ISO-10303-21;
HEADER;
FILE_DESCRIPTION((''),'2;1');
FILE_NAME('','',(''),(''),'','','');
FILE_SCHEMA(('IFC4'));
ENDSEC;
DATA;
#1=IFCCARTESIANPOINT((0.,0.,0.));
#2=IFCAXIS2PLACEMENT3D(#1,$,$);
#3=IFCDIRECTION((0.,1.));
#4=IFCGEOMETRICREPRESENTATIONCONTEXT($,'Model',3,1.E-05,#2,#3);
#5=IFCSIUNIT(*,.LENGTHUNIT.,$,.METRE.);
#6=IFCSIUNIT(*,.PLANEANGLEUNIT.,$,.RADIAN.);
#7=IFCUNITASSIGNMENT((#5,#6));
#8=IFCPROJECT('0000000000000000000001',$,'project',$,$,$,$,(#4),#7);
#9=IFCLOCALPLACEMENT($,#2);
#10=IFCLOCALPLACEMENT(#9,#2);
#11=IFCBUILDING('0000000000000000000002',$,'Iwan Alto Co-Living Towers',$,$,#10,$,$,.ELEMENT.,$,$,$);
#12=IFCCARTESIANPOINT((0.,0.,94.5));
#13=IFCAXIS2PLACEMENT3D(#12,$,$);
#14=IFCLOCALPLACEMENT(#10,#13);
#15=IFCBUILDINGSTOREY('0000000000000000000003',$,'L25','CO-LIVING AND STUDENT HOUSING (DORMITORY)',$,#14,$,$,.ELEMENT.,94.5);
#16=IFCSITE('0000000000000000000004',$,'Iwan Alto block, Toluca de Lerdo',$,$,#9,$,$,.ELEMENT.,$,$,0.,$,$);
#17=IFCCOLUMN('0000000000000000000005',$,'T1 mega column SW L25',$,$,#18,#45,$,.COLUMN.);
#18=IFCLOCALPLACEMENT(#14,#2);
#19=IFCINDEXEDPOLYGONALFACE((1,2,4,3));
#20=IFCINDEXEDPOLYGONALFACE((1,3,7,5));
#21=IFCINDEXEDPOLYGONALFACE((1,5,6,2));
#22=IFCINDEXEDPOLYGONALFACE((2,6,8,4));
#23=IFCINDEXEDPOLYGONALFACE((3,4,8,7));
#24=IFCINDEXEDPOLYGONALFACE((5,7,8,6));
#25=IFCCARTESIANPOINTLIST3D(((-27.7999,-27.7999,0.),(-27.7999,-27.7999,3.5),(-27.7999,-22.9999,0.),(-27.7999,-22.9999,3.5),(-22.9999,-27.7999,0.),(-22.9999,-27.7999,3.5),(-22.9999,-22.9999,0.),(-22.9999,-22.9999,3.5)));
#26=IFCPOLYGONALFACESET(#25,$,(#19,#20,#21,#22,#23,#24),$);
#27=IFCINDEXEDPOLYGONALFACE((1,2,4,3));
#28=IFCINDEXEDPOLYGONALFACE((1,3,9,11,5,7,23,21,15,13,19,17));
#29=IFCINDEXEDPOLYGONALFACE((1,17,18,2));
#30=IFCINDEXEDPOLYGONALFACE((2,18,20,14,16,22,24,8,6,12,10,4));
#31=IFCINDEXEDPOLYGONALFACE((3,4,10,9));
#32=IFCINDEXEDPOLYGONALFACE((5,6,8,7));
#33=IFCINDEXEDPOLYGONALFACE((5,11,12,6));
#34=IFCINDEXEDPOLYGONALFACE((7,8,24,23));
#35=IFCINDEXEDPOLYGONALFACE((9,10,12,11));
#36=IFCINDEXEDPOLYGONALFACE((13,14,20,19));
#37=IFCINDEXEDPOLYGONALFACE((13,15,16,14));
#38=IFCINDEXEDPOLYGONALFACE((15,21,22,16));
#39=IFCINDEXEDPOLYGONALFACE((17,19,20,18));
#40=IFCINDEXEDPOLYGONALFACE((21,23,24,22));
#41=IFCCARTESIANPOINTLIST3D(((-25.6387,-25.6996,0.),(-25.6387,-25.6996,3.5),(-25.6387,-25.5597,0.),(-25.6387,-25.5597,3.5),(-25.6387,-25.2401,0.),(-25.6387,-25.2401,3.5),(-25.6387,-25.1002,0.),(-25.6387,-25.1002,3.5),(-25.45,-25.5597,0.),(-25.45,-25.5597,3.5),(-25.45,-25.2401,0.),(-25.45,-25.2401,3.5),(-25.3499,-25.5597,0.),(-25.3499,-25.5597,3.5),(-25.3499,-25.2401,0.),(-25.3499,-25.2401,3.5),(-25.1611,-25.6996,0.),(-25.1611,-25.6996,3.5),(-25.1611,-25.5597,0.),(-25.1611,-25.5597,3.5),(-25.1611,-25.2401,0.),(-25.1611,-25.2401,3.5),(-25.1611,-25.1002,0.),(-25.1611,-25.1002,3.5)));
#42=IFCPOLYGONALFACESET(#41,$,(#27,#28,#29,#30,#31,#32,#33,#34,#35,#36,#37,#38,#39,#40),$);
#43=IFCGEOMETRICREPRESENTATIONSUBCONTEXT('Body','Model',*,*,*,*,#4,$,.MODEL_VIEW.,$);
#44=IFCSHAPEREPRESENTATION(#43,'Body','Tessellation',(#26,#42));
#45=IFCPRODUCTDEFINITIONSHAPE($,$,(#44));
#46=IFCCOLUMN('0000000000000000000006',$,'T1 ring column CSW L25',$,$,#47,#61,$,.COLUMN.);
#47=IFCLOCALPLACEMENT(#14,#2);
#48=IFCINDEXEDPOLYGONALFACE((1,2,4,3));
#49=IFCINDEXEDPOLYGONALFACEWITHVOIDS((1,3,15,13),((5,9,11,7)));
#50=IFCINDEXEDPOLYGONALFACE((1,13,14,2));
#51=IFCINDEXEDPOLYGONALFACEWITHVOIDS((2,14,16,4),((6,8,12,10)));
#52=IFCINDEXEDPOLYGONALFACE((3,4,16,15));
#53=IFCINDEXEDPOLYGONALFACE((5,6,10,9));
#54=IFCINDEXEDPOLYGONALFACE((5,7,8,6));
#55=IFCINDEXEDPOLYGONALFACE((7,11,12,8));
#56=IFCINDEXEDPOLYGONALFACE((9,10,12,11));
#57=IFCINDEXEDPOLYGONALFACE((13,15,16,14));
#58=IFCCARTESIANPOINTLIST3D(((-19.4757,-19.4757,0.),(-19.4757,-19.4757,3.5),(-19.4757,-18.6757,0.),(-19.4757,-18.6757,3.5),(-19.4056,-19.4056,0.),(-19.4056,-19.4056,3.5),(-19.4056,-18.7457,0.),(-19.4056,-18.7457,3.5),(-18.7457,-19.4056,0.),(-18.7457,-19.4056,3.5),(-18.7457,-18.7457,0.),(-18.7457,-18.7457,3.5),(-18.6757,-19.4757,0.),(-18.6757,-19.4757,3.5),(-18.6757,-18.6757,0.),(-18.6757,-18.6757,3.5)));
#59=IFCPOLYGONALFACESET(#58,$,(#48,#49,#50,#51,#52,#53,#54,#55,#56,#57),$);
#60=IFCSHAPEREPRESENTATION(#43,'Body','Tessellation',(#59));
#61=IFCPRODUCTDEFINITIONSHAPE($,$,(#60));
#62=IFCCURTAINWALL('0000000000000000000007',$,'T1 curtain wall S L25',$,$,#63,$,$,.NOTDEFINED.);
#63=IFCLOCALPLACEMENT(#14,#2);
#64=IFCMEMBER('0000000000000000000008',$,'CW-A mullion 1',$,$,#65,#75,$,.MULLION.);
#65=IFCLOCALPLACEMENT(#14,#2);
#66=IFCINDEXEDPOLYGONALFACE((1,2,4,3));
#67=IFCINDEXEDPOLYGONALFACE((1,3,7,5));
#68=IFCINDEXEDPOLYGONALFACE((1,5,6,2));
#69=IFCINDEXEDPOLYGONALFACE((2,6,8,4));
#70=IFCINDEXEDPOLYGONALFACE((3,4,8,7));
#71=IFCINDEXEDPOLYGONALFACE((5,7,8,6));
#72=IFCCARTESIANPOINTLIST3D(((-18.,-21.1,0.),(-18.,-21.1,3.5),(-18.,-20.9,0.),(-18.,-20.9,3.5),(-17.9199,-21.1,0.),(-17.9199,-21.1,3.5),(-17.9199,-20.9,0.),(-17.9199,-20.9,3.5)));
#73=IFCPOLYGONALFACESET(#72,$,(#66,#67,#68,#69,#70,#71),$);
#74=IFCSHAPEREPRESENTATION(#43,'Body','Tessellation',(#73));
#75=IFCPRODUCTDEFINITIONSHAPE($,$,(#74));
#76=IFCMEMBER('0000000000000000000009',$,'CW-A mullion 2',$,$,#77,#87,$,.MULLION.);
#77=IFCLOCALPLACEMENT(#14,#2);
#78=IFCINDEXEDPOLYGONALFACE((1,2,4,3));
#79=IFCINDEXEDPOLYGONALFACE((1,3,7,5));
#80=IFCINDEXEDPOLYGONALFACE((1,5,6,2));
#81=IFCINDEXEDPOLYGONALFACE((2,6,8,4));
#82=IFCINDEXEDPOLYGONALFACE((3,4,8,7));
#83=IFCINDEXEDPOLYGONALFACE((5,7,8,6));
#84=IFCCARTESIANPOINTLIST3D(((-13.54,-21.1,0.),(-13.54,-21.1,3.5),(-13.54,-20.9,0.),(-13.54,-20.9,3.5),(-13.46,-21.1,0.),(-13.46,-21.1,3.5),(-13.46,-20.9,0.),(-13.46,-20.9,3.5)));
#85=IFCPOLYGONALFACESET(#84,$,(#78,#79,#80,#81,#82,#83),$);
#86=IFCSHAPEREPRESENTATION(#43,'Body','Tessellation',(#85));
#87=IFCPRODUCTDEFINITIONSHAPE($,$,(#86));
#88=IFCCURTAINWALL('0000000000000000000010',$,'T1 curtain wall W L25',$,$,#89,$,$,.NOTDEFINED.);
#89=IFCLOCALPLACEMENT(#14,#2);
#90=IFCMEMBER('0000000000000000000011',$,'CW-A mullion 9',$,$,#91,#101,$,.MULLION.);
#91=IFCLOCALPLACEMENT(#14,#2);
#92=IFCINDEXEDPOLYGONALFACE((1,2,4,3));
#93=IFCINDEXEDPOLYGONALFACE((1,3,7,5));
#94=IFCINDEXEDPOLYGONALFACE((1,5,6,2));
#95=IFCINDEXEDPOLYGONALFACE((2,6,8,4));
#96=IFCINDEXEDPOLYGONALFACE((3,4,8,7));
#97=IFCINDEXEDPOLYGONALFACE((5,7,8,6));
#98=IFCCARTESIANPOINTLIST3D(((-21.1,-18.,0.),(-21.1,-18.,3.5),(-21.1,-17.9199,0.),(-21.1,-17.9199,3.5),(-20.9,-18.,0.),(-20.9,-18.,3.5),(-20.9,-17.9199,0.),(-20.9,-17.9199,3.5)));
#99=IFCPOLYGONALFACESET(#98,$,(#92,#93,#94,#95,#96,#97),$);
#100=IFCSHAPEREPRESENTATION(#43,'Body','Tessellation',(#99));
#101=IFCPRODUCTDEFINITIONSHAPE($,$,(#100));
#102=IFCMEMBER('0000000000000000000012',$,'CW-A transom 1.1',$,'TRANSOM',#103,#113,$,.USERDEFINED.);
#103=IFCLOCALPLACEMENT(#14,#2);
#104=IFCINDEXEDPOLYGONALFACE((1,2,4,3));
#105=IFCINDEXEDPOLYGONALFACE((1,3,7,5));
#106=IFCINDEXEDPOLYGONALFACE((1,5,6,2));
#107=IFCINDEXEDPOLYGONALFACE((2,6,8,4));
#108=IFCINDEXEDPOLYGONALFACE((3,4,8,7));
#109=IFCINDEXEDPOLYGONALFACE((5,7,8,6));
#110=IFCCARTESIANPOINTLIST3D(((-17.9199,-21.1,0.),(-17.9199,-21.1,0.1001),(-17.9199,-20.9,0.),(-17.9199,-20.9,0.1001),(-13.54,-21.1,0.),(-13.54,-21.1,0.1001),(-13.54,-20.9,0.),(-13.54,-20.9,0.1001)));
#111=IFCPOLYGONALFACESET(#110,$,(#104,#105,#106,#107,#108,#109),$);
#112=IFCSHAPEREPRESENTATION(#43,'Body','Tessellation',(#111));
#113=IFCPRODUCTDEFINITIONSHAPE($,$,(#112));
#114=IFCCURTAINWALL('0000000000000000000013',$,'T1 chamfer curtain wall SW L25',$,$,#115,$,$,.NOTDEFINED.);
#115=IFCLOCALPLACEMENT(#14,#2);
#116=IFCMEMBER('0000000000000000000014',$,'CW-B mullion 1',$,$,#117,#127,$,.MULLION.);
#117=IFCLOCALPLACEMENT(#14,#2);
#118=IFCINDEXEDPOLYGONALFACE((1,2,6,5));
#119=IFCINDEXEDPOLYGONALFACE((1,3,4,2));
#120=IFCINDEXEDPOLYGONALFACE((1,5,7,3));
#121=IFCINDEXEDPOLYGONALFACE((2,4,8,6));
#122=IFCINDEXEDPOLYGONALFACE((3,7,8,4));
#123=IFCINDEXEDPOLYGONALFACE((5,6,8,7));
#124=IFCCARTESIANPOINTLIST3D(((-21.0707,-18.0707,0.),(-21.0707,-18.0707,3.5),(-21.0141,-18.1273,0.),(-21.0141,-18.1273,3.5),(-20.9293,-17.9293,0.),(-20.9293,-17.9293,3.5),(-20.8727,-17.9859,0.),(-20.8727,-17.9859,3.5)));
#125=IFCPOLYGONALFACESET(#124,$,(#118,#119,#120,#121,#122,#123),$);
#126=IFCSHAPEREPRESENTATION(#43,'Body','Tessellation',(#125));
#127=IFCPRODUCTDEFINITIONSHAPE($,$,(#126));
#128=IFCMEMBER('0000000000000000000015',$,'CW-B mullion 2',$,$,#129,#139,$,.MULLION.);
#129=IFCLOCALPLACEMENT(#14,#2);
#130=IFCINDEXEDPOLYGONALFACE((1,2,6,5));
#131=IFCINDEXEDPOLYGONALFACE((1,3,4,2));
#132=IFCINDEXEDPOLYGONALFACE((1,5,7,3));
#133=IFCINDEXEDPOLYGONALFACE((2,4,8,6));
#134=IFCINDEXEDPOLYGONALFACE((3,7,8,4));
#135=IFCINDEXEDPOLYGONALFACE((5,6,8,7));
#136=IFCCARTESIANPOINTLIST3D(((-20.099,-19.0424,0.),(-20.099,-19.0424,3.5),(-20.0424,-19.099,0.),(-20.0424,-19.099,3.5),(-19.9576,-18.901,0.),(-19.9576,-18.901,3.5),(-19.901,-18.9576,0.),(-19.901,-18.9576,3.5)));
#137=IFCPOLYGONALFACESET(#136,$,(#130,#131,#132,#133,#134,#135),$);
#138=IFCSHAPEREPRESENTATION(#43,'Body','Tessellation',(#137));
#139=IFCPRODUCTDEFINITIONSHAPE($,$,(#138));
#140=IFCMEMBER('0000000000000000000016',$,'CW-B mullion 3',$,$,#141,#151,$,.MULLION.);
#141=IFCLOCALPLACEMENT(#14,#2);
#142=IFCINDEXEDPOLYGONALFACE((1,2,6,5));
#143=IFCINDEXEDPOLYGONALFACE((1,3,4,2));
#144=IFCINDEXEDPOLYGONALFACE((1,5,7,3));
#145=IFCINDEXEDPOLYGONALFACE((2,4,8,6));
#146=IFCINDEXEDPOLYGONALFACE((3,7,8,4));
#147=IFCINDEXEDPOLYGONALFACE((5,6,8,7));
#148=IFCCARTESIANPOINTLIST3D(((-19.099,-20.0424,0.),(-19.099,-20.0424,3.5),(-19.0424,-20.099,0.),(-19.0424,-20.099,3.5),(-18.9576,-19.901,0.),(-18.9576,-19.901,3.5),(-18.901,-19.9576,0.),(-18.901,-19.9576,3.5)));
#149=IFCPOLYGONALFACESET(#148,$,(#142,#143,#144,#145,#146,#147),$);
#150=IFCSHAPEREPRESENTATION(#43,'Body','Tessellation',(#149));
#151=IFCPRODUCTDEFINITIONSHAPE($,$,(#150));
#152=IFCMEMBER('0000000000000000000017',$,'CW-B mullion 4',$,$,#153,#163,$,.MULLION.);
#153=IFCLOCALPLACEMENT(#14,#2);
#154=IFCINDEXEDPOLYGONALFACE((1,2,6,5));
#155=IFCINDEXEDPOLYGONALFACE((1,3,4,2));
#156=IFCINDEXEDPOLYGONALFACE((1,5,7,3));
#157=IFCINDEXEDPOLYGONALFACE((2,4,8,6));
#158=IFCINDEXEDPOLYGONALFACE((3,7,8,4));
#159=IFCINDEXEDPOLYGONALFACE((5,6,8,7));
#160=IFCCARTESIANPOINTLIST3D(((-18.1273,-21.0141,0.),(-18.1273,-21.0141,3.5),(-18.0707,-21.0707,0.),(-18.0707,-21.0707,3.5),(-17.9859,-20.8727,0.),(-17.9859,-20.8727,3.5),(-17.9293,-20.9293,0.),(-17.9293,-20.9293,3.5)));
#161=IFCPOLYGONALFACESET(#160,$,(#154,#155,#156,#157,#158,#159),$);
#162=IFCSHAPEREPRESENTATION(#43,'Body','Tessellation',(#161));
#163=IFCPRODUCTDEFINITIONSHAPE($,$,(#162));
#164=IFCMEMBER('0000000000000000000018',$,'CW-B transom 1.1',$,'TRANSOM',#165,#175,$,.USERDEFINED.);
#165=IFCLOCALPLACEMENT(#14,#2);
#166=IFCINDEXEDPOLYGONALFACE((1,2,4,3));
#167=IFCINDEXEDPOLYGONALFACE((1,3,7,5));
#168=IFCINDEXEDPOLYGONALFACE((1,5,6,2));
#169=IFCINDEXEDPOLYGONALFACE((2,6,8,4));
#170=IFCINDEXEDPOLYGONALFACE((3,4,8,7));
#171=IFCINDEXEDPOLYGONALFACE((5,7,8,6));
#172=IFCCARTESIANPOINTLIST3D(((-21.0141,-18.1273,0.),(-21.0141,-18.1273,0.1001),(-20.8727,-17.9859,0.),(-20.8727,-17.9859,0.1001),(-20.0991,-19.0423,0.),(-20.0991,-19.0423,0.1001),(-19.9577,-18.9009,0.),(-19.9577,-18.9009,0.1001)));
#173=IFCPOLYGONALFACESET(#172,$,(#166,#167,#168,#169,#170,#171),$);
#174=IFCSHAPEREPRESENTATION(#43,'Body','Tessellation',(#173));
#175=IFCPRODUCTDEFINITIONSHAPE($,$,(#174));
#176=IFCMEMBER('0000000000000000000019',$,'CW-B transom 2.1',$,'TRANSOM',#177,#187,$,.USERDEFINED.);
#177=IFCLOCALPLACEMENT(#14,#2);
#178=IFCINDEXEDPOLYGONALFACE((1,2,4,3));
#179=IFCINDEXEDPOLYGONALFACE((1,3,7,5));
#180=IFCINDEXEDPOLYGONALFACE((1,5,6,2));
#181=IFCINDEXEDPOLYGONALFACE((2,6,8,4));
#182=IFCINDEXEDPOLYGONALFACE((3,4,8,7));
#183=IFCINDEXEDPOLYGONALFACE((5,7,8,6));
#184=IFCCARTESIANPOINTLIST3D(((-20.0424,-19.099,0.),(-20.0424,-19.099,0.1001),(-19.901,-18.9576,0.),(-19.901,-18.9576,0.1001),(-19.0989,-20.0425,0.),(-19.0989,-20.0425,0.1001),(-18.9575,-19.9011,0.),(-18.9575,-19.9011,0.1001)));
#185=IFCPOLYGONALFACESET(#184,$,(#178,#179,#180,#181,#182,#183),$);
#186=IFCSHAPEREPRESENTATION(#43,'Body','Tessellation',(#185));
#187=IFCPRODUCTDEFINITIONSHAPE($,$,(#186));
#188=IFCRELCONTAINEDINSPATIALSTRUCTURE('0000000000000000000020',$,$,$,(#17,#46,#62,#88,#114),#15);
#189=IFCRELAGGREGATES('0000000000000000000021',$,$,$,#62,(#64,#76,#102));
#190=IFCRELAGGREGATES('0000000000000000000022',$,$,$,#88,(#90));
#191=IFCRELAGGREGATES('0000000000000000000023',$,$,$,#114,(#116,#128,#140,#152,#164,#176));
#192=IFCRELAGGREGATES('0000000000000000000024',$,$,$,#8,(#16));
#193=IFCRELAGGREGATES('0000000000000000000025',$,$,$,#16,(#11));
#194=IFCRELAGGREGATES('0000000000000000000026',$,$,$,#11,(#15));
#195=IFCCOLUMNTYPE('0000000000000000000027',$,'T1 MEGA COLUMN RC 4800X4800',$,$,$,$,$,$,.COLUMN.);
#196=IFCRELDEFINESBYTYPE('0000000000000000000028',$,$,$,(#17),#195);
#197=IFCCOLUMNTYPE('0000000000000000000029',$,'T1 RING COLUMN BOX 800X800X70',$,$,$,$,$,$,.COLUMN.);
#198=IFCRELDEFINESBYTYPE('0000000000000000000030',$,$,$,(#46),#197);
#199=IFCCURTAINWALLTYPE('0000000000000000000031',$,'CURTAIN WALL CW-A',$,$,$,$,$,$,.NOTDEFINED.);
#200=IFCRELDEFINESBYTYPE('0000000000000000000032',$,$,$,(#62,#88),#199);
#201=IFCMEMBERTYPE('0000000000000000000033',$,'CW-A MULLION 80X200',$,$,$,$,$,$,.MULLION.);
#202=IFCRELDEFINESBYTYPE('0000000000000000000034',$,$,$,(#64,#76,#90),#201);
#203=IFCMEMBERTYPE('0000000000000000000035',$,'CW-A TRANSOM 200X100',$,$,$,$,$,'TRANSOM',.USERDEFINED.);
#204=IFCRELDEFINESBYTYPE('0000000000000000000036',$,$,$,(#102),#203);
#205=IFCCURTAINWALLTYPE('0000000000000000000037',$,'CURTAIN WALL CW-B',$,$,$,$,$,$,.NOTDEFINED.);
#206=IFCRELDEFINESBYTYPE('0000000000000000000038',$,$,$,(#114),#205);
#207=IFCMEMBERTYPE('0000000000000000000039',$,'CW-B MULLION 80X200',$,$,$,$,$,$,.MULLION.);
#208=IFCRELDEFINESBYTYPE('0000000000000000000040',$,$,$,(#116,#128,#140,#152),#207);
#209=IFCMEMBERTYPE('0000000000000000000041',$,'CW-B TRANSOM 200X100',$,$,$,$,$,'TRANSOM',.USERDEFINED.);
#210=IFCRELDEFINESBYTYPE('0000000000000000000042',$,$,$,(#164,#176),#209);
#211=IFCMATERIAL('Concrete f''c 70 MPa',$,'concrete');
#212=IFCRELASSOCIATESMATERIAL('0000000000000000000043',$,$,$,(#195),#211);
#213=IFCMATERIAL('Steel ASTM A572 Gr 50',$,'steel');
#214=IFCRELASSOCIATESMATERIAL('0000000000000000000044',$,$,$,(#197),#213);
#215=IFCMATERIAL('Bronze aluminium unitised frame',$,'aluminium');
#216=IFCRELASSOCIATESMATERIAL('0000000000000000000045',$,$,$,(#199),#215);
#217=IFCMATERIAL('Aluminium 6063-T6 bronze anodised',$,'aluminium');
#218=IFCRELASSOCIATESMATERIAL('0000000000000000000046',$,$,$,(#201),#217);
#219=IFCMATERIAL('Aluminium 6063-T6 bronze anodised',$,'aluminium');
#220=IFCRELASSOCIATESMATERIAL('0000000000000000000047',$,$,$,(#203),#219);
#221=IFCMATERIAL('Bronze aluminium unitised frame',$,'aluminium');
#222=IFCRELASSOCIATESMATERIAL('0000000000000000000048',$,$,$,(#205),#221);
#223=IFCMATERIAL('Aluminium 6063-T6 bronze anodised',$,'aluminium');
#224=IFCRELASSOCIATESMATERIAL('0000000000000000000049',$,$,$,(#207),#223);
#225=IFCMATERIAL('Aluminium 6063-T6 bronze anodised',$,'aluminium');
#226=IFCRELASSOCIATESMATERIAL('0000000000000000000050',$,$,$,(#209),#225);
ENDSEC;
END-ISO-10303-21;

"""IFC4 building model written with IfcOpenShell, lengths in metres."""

from ifc_helpers import new_model, si_unit, direction, frame, origin, origin_2d, place, context, subcontext, project, spatial, rectangle, hollow_rectangle, i_section, extrude, material, material_profile, profile_set, type_object, element, aggregate, save


model = new_model("IFC4")

# Units and contexts
model_context = context("Model", 3, precision=1e-05, world=origin(), true_north=direction((0.0, 1.0)))
body_context = subcontext(model_context, "Body", "Model", "MODEL_VIEW")
ifc_project = project(units=[si_unit("LENGTHUNIT", "METRE"), si_unit("PLANEANGLEUNIT", "RADIAN")], contexts=[model_context])

# Site, building, storey
site_placement = place(None, origin())
site = spatial("IfcSite", under=ifc_project, at=site_placement, Name="Iwan Alto block, Toluca de Lerdo", CompositionType="ELEMENT", RefElevation=0.0)
building_placement = place(site_placement, origin())
building = spatial("IfcBuilding", under=site, at=building_placement, Name="Iwan Alto Co-Living Towers", CompositionType="ELEMENT")
storey_placement = place(building_placement, frame((0.0, 0.0, 94.5)))
storey = spatial("IfcBuildingStorey", under=building, at=storey_placement, Name="L25", Description="CO-LIVING AND STUDENT HOUSING (DORMITORY)", CompositionType="ELEMENT", Elevation=94.5)

# Columns
ifc_material_1 = material(Name="Concrete f'c 70 MPa", Category="concrete")
ifc_material_profile_1 = material_profile(ifc_material_1, rectangle(XDim=4.8, YDim=4.8, at=origin_2d()), Name="RC 4800X4800")
ifc_profile_set_1 = profile_set([ifc_material_profile_1], Name="Concrete f'c 70 MPa")
column_type_1 = type_object("IfcColumnType", Name="T1 MEGA COLUMN RC 4800X4800", PredefinedType="COLUMN", material=ifc_profile_set_1)
column_1_placement = place(storey_placement, frame((-25.3999, -25.3999, 0.0), z_axis=(0.0, 0.0, 1.0), x_axis=(1.0, 0.0, 0.0)))
element("IfcColumn", 1, at=column_1_placement, inside=storey, type_object=column_type_1, Name="T1 mega column SW L25", PredefinedType="COLUMN", context=body_context, shape_type="SweptSolid", body=[
    extrude(rectangle(XDim=4.8, YDim=4.8, at=origin_2d()), origin(), (0.0, 0.0, 1.0), 3.5),
    extrude(i_section(OverallWidth=0.4775, OverallDepth=0.5994, WebThickness=0.1001, FlangeThickness=0.1399, at=origin_2d()), origin(), (0.0, 0.0, 1.0), 3.5),
])
ifc_material_2 = material(Name="Steel ASTM A572 Gr 50", Category="steel")
ifc_material_profile_2 = material_profile(ifc_material_2, hollow_rectangle(XDim=0.8, YDim=0.8, WallThickness=0.0701, at=origin_2d()), Name="BOX 800X800X70")
ifc_profile_set_2 = profile_set([ifc_material_profile_2], Name="Steel ASTM A572 Gr 50")
column_type_2 = type_object("IfcColumnType", Name="T1 RING COLUMN BOX 800X800X70", PredefinedType="COLUMN", material=ifc_profile_set_2)
column_2_placement = place(storey_placement, frame((-19.0757, -19.0757, 0.0), z_axis=(0.0, 0.0, 1.0), x_axis=(1.0, 0.0, 0.0)))
element("IfcColumn", 2, at=column_2_placement, inside=storey, type_object=column_type_2, Name="T1 ring column CSW L25", PredefinedType="COLUMN", context=body_context, shape_type="SweptSolid", body=[
    extrude(hollow_rectangle(XDim=0.8, YDim=0.8, WallThickness=0.0701, at=origin_2d()), origin(), (0.0, 0.0, 1.0), 3.5),
])

# Curtain wall, members
ifc_material_3 = material(Name="Bronze aluminium unitised frame", Category="aluminium")
curtain_wall_type_1 = type_object("IfcCurtainWallType", Name="CURTAIN WALL CW-A", PredefinedType="NOTDEFINED", material=ifc_material_3)
curtain_wall_1_placement = place(storey_placement, origin())
curtain_wall_1 = element("IfcCurtainWall", 3, at=curtain_wall_1_placement, inside=storey, type_object=curtain_wall_type_1, Name="T1 curtain wall S L25", PredefinedType="NOTDEFINED")
ifc_material_4 = material(Name="Aluminium 6063-T6 bronze anodised", Category="aluminium")
ifc_material_profile_3 = material_profile(ifc_material_4, rectangle(XDim=0.2, YDim=0.0801, at=origin_2d()), Name="AL 80X200")
ifc_profile_set_3 = profile_set([ifc_material_profile_3], Name="Aluminium 6063-T6 bronze anodised")
member_type_1 = type_object("IfcMemberType", Name="CW-A MULLION 80X200", PredefinedType="MULLION", material=ifc_profile_set_3)
member_1_placement = place(storey_placement, frame((-17.96, -21.0, 0.0), z_axis=(0.0, 0.0, 1.0), x_axis=(0.0, 1.0, 0.0)))
member_1 = element("IfcMember", 4, at=member_1_placement, type_object=member_type_1, Name="CW-A mullion 1", PredefinedType="MULLION", context=body_context, shape_type="SweptSolid", body=[
    extrude(rectangle(XDim=0.2, YDim=0.0801, at=origin_2d()), origin(), (0.0, 0.0, 1.0), 3.5),
])
member_2_placement = place(storey_placement, frame((-13.5, -21.0, 0.0), z_axis=(0.0, 0.0, 1.0), x_axis=(0.0, 1.0, 0.0)))
member_2 = element("IfcMember", 5, at=member_2_placement, type_object=member_type_1, Name="CW-A mullion 2", PredefinedType="MULLION", context=body_context, shape_type="SweptSolid", body=[
    extrude(rectangle(XDim=0.2, YDim=0.0801, at=origin_2d()), origin(), (0.0, 0.0, 1.0), 3.5),
])

# Curtain wall, member
curtain_wall_2_placement = place(storey_placement, origin())
curtain_wall_2 = element("IfcCurtainWall", 6, at=curtain_wall_2_placement, inside=storey, type_object=curtain_wall_type_1, Name="T1 curtain wall W L25", PredefinedType="NOTDEFINED")
member_3_placement = place(storey_placement, frame((-21.0, -17.96, 0.0), z_axis=(0.0, 0.0, 1.0), x_axis=(1.0, 0.0, 0.0)))
member_3 = element("IfcMember", 7, at=member_3_placement, type_object=member_type_1, Name="CW-A mullion 9", PredefinedType="MULLION", context=body_context, shape_type="SweptSolid", body=[
    extrude(rectangle(XDim=0.2, YDim=0.0801, at=origin_2d()), origin(), (0.0, 0.0, 1.0), 3.5),
])

# Member
ifc_material_5 = material(Name="Aluminium 6063-T6 bronze anodised", Category="aluminium")
ifc_material_profile_4 = material_profile(ifc_material_5, rectangle(XDim=0.2, YDim=0.1001, at=origin_2d()), Name="AL 200X100")
ifc_profile_set_4 = profile_set([ifc_material_profile_4], Name="Aluminium 6063-T6 bronze anodised")
member_type_2 = type_object("IfcMemberType", Name="CW-A TRANSOM 200X100", ElementType="TRANSOM", PredefinedType="USERDEFINED", material=ifc_profile_set_4)
member_4_placement = place(storey_placement, frame((-17.9199, -21.0, 0.05), z_axis=(1.0, 0.0, 0.0), x_axis=(0.0, 1.0, 0.0)))
member_4 = element("IfcMember", 8, at=member_4_placement, type_object=member_type_2, Name="CW-A transom 1.1", ObjectType="TRANSOM", PredefinedType="USERDEFINED", context=body_context, shape_type="SweptSolid", body=[
    extrude(rectangle(XDim=0.2, YDim=0.1001, at=origin_2d()), origin(), (0.0, 0.0, 1.0), 4.3799),
])

# Curtain wall, members
ifc_material_6 = material(Name="Bronze aluminium unitised frame", Category="aluminium")
curtain_wall_type_2 = type_object("IfcCurtainWallType", Name="CURTAIN WALL CW-B", PredefinedType="NOTDEFINED", material=ifc_material_6)
curtain_wall_3_placement = place(storey_placement, origin())
curtain_wall_3 = element("IfcCurtainWall", 9, at=curtain_wall_3_placement, inside=storey, type_object=curtain_wall_type_2, Name="T1 chamfer curtain wall SW L25", PredefinedType="NOTDEFINED")
ifc_material_7 = material(Name="Aluminium 6063-T6 bronze anodised", Category="aluminium")
ifc_material_profile_5 = material_profile(ifc_material_7, rectangle(XDim=0.2, YDim=0.0801, at=origin_2d()), Name="AL 80X200")
ifc_profile_set_5 = profile_set([ifc_material_profile_5], Name="Aluminium 6063-T6 bronze anodised")
member_type_3 = type_object("IfcMemberType", Name="CW-B MULLION 80X200", PredefinedType="MULLION", material=ifc_profile_set_5)
member_5_placement = place(storey_placement, frame((-20.9717, -18.0283, 0.0), z_axis=(0.0, 0.0, 1.0), x_axis=(0.707107, 0.707107, 0.0)))
member_5 = element("IfcMember", 10, at=member_5_placement, type_object=member_type_3, Name="CW-B mullion 1", PredefinedType="MULLION", context=body_context, shape_type="SweptSolid", body=[
    extrude(rectangle(XDim=0.2, YDim=0.0801, at=origin_2d()), origin(), (0.0, 0.0, 1.0), 3.5),
])
member_6_placement = place(storey_placement, frame((-20.0, -19.0, 0.0), z_axis=(0.0, 0.0, 1.0), x_axis=(0.707107, 0.707107, 0.0)))
member_6 = element("IfcMember", 11, at=member_6_placement, type_object=member_type_3, Name="CW-B mullion 2", PredefinedType="MULLION", context=body_context, shape_type="SweptSolid", body=[
    extrude(rectangle(XDim=0.2, YDim=0.0801, at=origin_2d()), origin(), (0.0, 0.0, 1.0), 3.5),
])
member_7_placement = place(storey_placement, frame((-19.0, -20.0, 0.0), z_axis=(0.0, 0.0, 1.0), x_axis=(0.707107, 0.707107, 0.0)))
member_7 = element("IfcMember", 12, at=member_7_placement, type_object=member_type_3, Name="CW-B mullion 3", PredefinedType="MULLION", context=body_context, shape_type="SweptSolid", body=[
    extrude(rectangle(XDim=0.2, YDim=0.0801, at=origin_2d()), origin(), (0.0, 0.0, 1.0), 3.5),
])
member_8_placement = place(storey_placement, frame((-18.0283, -20.9717, 0.0), z_axis=(0.0, 0.0, 1.0), x_axis=(0.707107, 0.707107, 0.0)))
member_8 = element("IfcMember", 13, at=member_8_placement, type_object=member_type_3, Name="CW-B mullion 4", PredefinedType="MULLION", context=body_context, shape_type="SweptSolid", body=[
    extrude(rectangle(XDim=0.2, YDim=0.0801, at=origin_2d()), origin(), (0.0, 0.0, 1.0), 3.5),
])
ifc_material_8 = material(Name="Aluminium 6063-T6 bronze anodised", Category="aluminium")
ifc_material_profile_6 = material_profile(ifc_material_8, rectangle(XDim=0.2, YDim=0.1001, at=origin_2d()), Name="AL 200X100")
ifc_profile_set_6 = profile_set([ifc_material_profile_6], Name="Aluminium 6063-T6 bronze anodised")
member_type_4 = type_object("IfcMemberType", Name="CW-B TRANSOM 200X100", ElementType="TRANSOM", PredefinedType="USERDEFINED", material=ifc_profile_set_6)
member_9_placement = place(storey_placement, frame((-20.9434, -18.0566, 0.05), z_axis=(0.707107, -0.707107, 0.0), x_axis=(0.707107, 0.707107, 0.0)))
member_9 = element("IfcMember", 14, at=member_9_placement, type_object=member_type_4, Name="CW-B transom 1.1", ObjectType="TRANSOM", PredefinedType="USERDEFINED", context=body_context, shape_type="SweptSolid", body=[
    extrude(rectangle(XDim=0.2, YDim=0.1001, at=origin_2d()), origin(), (0.0, 0.0, 1.0), 1.2939),
])
member_10_placement = place(storey_placement, frame((-19.9717, -19.0283, 0.05), z_axis=(0.707107, -0.707107, 0.0), x_axis=(0.707107, 0.707107, 0.0)))
member_10 = element("IfcMember", 15, at=member_10_placement, type_object=member_type_4, Name="CW-B transom 2.1", ObjectType="TRANSOM", PredefinedType="USERDEFINED", context=body_context, shape_type="SweptSolid", body=[
    extrude(rectangle(XDim=0.2, YDim=0.1001, at=origin_2d()), origin(), (0.0, 0.0, 1.0), 1.3342),
])

aggregate(curtain_wall_1, [member_1, member_2, member_4])
aggregate(curtain_wall_2, [member_3])
aggregate(curtain_wall_3, [member_5, member_6, member_7, member_8, member_9, member_10])

save(model, "model.ifc")
